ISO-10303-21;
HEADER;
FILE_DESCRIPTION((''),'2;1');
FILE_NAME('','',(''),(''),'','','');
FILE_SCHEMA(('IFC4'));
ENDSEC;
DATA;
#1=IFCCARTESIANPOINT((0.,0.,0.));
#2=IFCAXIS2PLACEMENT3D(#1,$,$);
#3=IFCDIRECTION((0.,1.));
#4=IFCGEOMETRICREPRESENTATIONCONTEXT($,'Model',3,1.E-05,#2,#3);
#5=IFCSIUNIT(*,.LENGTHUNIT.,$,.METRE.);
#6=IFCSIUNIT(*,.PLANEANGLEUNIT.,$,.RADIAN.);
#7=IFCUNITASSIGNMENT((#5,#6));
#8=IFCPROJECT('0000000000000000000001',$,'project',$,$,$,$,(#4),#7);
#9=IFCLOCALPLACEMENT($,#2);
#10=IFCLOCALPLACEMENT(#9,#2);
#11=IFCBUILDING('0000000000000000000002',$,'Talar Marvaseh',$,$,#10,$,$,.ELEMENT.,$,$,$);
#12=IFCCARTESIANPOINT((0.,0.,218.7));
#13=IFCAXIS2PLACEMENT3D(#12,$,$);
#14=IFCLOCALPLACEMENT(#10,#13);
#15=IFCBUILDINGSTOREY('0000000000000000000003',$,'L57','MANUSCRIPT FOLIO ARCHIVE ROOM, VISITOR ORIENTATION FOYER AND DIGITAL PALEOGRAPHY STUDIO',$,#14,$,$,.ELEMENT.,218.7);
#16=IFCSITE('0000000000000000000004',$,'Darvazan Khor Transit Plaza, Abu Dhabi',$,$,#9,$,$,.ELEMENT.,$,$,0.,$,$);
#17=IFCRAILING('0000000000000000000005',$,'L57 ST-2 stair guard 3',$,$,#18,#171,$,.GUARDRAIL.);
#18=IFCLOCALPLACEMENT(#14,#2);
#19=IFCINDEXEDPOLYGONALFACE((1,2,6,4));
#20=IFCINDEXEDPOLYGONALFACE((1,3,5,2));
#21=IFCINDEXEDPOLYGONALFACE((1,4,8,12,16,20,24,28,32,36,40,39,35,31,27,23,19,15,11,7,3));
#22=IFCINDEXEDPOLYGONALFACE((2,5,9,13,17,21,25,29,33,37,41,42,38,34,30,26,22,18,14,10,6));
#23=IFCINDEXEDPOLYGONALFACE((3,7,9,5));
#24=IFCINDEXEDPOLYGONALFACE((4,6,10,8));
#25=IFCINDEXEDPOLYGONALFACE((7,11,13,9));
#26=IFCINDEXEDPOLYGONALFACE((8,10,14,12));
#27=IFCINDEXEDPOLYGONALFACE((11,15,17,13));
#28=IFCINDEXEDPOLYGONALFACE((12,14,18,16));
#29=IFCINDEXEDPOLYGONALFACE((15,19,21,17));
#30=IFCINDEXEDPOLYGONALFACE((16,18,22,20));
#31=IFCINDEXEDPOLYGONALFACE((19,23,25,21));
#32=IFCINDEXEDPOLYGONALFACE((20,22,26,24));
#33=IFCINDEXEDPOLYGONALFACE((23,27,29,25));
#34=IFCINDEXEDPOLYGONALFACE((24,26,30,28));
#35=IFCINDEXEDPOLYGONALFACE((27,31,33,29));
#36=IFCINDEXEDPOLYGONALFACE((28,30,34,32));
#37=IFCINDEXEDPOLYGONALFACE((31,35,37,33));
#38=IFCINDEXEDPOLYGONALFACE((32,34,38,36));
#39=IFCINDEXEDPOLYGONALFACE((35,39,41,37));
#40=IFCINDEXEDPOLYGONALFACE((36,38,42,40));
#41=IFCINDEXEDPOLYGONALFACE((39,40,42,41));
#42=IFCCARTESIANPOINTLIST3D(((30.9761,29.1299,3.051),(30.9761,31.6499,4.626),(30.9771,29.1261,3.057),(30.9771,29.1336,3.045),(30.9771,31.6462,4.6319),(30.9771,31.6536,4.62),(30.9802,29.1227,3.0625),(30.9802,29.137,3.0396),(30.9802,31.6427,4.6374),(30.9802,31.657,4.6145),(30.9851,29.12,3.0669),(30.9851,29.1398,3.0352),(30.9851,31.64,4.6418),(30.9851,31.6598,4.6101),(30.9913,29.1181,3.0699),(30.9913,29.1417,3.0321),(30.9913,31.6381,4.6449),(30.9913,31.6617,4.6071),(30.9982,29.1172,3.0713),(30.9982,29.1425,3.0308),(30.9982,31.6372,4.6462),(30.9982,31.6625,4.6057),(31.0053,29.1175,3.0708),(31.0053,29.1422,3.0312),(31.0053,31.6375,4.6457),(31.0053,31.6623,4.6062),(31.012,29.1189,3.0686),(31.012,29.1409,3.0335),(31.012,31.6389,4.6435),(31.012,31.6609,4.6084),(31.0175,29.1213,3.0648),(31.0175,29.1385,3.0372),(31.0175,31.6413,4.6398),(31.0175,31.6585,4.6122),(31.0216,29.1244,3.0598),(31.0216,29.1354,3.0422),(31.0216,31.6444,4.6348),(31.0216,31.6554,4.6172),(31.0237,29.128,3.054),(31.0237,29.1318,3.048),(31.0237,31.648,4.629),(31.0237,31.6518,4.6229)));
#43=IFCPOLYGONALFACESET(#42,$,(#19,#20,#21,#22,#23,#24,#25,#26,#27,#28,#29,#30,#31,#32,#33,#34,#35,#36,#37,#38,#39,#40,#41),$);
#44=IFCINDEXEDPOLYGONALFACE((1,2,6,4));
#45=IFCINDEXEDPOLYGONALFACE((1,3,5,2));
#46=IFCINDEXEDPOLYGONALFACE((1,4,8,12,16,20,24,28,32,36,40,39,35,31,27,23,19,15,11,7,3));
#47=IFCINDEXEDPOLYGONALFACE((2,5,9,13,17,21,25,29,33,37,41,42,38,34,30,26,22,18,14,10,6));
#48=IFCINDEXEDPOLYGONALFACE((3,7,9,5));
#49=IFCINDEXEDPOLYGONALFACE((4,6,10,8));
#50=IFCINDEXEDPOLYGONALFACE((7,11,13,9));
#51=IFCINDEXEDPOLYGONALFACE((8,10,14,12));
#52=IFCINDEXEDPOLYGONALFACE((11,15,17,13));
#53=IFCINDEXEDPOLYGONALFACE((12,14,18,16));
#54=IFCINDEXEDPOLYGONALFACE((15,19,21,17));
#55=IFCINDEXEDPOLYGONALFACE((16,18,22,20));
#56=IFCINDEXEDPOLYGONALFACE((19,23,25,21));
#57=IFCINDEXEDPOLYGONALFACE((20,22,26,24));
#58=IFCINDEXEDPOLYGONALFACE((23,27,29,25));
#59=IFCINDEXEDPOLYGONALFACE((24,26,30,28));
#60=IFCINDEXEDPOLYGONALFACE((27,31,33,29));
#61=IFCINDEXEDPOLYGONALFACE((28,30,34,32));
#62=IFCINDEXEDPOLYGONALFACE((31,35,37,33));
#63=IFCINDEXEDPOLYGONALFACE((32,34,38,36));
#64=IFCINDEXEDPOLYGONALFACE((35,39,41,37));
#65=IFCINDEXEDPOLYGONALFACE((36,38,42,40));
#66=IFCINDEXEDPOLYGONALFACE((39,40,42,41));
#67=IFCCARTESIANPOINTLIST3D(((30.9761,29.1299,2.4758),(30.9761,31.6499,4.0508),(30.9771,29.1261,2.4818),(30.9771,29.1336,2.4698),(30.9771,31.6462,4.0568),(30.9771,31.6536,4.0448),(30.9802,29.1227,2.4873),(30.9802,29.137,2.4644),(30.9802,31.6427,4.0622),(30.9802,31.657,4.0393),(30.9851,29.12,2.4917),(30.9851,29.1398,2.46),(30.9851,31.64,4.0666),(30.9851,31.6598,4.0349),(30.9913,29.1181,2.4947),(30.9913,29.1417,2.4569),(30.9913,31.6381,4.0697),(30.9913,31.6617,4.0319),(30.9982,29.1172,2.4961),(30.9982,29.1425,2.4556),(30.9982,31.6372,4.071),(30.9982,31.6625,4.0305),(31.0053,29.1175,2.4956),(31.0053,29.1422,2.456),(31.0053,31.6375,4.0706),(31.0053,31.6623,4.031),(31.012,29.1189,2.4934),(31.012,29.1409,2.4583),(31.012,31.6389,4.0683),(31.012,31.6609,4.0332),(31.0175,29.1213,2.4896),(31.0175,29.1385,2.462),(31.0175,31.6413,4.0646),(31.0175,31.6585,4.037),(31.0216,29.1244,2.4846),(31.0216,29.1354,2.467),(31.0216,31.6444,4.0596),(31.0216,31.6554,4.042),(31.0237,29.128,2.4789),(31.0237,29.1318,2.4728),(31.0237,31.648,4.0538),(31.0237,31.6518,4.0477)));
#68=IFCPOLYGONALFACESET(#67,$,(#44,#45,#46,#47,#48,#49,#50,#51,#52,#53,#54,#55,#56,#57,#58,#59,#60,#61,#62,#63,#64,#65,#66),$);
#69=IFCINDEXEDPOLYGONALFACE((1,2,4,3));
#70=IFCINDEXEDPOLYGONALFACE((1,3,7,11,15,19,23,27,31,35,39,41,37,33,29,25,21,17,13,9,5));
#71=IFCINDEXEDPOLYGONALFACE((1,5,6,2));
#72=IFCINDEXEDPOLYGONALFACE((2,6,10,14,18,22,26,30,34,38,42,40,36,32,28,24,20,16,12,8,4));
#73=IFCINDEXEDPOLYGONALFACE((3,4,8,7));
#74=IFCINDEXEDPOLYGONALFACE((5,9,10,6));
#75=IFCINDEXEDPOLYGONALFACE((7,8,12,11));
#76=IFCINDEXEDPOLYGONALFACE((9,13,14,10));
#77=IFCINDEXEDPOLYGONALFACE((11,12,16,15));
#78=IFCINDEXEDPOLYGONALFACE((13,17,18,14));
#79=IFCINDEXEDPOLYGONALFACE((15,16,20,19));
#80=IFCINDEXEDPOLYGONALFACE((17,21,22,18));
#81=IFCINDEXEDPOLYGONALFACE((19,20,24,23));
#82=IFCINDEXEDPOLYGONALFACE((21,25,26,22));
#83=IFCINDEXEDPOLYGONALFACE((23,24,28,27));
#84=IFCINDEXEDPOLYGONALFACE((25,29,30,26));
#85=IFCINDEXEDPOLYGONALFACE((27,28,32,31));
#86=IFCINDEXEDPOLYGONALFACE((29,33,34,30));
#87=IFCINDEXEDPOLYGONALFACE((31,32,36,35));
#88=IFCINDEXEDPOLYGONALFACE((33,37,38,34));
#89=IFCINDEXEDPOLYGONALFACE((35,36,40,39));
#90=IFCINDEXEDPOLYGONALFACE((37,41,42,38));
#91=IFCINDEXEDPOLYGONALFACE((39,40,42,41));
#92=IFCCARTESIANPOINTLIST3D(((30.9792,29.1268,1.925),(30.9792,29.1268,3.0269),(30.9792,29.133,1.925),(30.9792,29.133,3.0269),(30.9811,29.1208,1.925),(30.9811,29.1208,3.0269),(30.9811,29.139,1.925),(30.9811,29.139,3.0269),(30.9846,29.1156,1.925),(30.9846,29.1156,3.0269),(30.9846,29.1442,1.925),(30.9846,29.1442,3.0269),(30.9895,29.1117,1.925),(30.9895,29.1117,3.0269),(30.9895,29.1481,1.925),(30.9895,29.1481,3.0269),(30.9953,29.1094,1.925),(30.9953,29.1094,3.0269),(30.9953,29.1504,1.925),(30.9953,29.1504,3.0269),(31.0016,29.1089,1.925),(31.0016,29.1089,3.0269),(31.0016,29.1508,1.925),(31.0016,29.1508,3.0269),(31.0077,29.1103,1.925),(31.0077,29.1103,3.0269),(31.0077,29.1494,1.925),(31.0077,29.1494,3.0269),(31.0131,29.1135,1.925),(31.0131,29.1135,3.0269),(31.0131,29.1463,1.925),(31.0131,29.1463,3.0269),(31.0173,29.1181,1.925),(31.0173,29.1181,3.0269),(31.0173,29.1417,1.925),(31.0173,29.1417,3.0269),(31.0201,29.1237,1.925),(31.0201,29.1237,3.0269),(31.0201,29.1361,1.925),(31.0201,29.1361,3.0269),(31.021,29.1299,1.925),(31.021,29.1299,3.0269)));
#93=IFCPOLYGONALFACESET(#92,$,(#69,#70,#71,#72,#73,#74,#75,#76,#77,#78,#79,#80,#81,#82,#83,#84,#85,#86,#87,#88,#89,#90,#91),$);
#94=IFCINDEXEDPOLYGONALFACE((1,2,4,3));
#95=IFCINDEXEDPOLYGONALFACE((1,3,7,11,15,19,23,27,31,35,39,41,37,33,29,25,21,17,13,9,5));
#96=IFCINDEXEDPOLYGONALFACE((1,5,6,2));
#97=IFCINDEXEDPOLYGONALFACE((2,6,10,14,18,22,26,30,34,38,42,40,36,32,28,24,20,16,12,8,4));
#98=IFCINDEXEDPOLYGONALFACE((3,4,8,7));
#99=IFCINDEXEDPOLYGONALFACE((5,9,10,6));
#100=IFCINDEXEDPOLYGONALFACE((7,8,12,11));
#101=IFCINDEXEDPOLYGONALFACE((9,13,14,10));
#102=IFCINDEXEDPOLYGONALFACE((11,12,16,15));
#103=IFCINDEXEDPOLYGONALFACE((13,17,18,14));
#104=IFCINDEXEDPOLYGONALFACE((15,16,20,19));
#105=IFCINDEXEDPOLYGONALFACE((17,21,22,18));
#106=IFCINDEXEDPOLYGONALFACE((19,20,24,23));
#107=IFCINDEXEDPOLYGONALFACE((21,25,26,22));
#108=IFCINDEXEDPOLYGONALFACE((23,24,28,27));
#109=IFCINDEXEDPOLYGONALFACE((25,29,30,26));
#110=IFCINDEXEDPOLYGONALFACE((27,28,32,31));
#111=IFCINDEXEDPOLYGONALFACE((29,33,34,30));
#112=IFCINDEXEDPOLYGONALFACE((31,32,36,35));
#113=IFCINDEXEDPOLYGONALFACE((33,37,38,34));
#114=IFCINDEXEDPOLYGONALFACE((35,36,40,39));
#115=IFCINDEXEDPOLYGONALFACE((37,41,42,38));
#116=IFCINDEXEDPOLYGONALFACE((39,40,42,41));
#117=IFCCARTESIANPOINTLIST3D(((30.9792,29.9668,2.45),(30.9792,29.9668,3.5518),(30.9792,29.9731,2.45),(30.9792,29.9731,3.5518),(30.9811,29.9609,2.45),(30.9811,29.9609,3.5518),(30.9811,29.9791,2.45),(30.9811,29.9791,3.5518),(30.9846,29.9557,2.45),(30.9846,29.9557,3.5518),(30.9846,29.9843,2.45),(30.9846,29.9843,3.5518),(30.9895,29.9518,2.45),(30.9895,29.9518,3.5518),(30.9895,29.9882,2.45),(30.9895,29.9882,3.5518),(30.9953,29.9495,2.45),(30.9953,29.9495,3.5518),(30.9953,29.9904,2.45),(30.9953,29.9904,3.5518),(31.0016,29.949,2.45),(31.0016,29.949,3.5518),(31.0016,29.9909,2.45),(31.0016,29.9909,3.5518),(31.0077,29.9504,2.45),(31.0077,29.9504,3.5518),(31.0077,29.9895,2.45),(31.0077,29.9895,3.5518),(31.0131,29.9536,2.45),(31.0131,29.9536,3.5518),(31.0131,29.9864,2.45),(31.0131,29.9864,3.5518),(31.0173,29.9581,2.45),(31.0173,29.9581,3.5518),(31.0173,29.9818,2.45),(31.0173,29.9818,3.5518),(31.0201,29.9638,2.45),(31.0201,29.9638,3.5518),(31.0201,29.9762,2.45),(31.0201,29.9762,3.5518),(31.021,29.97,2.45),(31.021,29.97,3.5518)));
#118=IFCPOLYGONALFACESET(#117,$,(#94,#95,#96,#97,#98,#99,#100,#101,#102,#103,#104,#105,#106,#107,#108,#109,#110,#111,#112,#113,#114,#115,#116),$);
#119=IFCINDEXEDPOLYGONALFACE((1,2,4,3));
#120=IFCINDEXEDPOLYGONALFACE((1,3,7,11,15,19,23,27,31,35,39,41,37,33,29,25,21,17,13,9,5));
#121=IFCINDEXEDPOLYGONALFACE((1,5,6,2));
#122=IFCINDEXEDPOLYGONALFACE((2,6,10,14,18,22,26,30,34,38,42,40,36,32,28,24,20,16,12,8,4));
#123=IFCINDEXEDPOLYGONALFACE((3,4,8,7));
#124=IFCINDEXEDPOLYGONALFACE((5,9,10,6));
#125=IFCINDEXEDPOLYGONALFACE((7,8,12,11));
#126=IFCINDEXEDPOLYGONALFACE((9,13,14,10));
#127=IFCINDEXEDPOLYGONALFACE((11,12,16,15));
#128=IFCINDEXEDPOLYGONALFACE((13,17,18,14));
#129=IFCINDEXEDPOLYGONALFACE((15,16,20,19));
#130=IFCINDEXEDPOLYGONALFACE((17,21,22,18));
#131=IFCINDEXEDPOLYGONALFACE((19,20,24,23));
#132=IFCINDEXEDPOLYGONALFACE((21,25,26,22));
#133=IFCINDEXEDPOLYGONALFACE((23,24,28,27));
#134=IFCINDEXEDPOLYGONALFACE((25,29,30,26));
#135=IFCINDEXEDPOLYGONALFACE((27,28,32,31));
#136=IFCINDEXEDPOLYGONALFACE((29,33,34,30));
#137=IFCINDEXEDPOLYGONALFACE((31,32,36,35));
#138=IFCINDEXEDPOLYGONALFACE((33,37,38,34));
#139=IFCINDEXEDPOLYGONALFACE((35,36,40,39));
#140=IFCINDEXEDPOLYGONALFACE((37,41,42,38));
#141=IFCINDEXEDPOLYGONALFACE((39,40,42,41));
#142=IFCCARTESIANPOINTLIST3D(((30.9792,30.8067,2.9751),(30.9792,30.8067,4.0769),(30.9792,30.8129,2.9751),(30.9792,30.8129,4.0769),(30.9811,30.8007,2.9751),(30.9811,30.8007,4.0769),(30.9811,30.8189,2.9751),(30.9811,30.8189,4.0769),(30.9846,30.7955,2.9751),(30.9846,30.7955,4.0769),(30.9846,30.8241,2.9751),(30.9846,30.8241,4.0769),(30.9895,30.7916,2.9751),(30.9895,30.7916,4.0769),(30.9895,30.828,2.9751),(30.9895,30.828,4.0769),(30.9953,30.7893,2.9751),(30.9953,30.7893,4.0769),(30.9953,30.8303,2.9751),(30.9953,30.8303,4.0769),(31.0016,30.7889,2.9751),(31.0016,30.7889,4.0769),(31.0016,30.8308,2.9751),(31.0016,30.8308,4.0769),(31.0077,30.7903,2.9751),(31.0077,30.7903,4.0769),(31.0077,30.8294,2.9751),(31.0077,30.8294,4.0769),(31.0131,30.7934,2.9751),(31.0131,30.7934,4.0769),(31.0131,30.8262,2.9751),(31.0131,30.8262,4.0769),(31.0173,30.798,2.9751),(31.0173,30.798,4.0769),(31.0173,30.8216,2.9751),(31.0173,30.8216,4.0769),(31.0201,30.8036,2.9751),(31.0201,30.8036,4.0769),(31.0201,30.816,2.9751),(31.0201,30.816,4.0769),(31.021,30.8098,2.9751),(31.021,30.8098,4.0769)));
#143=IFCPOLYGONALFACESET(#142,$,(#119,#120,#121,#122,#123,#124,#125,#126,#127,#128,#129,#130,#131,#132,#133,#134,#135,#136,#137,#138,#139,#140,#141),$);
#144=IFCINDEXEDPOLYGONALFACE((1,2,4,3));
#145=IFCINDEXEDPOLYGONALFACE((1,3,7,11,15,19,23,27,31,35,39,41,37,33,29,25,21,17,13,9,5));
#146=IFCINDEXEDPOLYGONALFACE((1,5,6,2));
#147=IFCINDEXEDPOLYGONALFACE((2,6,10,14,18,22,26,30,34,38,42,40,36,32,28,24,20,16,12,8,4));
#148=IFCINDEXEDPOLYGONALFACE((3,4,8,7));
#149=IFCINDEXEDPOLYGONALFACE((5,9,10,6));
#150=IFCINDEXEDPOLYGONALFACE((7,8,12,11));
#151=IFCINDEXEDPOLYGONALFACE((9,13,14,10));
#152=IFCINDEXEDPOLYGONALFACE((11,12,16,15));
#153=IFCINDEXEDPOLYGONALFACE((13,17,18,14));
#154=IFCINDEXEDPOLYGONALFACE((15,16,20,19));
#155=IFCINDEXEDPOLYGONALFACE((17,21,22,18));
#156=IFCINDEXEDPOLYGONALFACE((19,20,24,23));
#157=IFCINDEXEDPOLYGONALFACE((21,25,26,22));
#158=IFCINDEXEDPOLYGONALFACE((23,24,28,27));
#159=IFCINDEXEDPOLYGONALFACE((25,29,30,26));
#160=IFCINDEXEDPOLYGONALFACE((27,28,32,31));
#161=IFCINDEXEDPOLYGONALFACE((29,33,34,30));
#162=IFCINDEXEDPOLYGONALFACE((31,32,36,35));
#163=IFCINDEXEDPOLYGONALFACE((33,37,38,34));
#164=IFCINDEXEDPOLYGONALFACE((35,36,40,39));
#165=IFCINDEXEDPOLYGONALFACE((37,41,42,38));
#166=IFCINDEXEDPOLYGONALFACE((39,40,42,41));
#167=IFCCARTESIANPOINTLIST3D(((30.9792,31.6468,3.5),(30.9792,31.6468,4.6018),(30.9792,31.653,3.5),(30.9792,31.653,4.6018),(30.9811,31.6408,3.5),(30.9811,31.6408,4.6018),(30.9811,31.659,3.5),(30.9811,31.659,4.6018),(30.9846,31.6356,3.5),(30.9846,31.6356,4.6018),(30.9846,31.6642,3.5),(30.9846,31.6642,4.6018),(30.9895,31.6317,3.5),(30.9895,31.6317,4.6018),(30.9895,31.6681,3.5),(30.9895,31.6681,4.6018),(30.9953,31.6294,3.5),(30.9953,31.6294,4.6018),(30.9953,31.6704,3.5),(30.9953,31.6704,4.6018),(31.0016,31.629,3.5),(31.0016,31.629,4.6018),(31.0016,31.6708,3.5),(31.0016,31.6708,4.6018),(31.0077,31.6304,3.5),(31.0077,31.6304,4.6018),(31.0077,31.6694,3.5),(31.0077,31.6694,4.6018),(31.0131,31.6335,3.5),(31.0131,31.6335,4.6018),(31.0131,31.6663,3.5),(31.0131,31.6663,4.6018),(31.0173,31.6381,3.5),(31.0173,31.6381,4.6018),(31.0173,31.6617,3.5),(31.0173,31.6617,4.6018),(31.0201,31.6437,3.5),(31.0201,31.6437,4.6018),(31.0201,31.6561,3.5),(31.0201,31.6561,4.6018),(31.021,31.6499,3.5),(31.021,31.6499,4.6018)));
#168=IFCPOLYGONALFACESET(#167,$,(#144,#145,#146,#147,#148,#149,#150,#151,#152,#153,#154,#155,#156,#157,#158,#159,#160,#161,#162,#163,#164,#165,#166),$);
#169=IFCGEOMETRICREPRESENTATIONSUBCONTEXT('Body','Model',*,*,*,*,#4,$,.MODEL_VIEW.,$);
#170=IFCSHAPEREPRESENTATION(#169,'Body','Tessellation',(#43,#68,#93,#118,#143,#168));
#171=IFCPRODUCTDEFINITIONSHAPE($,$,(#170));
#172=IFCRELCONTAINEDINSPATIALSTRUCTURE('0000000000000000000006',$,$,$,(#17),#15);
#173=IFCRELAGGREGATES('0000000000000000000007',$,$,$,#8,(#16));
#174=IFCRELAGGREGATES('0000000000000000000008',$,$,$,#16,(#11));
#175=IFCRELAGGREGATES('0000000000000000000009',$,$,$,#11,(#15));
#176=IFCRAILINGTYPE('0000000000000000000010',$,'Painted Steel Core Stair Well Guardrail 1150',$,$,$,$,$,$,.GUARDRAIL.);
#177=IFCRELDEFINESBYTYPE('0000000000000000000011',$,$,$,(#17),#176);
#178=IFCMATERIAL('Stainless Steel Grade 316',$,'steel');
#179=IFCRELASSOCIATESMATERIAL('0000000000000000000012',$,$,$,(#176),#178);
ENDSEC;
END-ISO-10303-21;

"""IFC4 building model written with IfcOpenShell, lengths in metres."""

from ifc_helpers import new_model, si_unit, direction, frame, origin, origin_2d, place, context, subcontext, project, spatial, circle, extrude, material, type_object, element, save


model = new_model("IFC4")

# Units and contexts
model_context = context("Model", 3, precision=1e-05, world=origin(), true_north=direction((0.0, 1.0)))
body_context = subcontext(model_context, "Body", "Model", "MODEL_VIEW")
ifc_project = project(units=[si_unit("LENGTHUNIT", "METRE"), si_unit("PLANEANGLEUNIT", "RADIAN")], contexts=[model_context])

# Site, building, storey
site_placement = place(None, origin())
site = spatial("IfcSite", under=ifc_project, at=site_placement, Name="Darvazan Khor Transit Plaza, Abu Dhabi", CompositionType="ELEMENT", RefElevation=0.0)
building_placement = place(site_placement, origin())
building = spatial("IfcBuilding", under=site, at=building_placement, Name="Talar Marvaseh", CompositionType="ELEMENT")
storey_placement = place(building_placement, frame((0.0, 0.0, 218.7)))
storey = spatial("IfcBuildingStorey", under=building, at=storey_placement, Name="L57", Description="MANUSCRIPT FOLIO ARCHIVE ROOM, VISITOR ORIENTATION FOYER AND DIGITAL PALEOGRAPHY STUDIO", CompositionType="ELEMENT", Elevation=218.7)

# Shared definitions
ifc_material_1 = material(Name="Stainless Steel Grade 316", Category="steel")

# Railing
railing_type_1 = type_object("IfcRailingType", Name="Painted Steel Core Stair Well Guardrail 1150", PredefinedType="GUARDRAIL", material=ifc_material_1)
railing_1_placement = place(storey_placement, frame((31.0, 29.1299, 1.925)))
element("IfcRailing", 1, at=railing_1_placement, inside=storey, type_object=railing_type_1, Name="L57 ST-2 stair guard 3", PredefinedType="GUARDRAIL", context=body_context, shape_type="SweptSolid", body=[
    extrude(circle(Radius=0.0239, at=origin_2d()), frame((0.0, 0.0, 1.126), z_axis=(0.0, 0.848008, 0.529984), x_axis=(-1.0, 0.0, 0.0)), (0.0, 0.0, 1.0), 2.9717),
    extrude(circle(Radius=0.0239, at=origin_2d()), frame((0.0, 0.0, 0.5508), z_axis=(0.0, 0.848008, 0.529984), x_axis=(-1.0, 0.0, 0.0)), (0.0, 0.0, 1.0), 2.9717),
    extrude(circle(Radius=0.021, at=origin_2d()), origin(), (0.0, 0.0, 1.0), 1.1018),
    extrude(circle(Radius=0.021, at=origin_2d()), frame((0.0, 0.8401, 0.5249)), (0.0, 0.0, 1.0), 1.1018),
    extrude(circle(Radius=0.021, at=origin_2d()), frame((0.0, 1.6799, 1.05)), (0.0, 0.0, 1.0), 1.1018),
    extrude(circle(Radius=0.021, at=origin_2d()), frame((0.0, 2.52, 1.575)), (0.0, 0.0, 1.0), 1.1018),
])

save(model, "model.ifc")
